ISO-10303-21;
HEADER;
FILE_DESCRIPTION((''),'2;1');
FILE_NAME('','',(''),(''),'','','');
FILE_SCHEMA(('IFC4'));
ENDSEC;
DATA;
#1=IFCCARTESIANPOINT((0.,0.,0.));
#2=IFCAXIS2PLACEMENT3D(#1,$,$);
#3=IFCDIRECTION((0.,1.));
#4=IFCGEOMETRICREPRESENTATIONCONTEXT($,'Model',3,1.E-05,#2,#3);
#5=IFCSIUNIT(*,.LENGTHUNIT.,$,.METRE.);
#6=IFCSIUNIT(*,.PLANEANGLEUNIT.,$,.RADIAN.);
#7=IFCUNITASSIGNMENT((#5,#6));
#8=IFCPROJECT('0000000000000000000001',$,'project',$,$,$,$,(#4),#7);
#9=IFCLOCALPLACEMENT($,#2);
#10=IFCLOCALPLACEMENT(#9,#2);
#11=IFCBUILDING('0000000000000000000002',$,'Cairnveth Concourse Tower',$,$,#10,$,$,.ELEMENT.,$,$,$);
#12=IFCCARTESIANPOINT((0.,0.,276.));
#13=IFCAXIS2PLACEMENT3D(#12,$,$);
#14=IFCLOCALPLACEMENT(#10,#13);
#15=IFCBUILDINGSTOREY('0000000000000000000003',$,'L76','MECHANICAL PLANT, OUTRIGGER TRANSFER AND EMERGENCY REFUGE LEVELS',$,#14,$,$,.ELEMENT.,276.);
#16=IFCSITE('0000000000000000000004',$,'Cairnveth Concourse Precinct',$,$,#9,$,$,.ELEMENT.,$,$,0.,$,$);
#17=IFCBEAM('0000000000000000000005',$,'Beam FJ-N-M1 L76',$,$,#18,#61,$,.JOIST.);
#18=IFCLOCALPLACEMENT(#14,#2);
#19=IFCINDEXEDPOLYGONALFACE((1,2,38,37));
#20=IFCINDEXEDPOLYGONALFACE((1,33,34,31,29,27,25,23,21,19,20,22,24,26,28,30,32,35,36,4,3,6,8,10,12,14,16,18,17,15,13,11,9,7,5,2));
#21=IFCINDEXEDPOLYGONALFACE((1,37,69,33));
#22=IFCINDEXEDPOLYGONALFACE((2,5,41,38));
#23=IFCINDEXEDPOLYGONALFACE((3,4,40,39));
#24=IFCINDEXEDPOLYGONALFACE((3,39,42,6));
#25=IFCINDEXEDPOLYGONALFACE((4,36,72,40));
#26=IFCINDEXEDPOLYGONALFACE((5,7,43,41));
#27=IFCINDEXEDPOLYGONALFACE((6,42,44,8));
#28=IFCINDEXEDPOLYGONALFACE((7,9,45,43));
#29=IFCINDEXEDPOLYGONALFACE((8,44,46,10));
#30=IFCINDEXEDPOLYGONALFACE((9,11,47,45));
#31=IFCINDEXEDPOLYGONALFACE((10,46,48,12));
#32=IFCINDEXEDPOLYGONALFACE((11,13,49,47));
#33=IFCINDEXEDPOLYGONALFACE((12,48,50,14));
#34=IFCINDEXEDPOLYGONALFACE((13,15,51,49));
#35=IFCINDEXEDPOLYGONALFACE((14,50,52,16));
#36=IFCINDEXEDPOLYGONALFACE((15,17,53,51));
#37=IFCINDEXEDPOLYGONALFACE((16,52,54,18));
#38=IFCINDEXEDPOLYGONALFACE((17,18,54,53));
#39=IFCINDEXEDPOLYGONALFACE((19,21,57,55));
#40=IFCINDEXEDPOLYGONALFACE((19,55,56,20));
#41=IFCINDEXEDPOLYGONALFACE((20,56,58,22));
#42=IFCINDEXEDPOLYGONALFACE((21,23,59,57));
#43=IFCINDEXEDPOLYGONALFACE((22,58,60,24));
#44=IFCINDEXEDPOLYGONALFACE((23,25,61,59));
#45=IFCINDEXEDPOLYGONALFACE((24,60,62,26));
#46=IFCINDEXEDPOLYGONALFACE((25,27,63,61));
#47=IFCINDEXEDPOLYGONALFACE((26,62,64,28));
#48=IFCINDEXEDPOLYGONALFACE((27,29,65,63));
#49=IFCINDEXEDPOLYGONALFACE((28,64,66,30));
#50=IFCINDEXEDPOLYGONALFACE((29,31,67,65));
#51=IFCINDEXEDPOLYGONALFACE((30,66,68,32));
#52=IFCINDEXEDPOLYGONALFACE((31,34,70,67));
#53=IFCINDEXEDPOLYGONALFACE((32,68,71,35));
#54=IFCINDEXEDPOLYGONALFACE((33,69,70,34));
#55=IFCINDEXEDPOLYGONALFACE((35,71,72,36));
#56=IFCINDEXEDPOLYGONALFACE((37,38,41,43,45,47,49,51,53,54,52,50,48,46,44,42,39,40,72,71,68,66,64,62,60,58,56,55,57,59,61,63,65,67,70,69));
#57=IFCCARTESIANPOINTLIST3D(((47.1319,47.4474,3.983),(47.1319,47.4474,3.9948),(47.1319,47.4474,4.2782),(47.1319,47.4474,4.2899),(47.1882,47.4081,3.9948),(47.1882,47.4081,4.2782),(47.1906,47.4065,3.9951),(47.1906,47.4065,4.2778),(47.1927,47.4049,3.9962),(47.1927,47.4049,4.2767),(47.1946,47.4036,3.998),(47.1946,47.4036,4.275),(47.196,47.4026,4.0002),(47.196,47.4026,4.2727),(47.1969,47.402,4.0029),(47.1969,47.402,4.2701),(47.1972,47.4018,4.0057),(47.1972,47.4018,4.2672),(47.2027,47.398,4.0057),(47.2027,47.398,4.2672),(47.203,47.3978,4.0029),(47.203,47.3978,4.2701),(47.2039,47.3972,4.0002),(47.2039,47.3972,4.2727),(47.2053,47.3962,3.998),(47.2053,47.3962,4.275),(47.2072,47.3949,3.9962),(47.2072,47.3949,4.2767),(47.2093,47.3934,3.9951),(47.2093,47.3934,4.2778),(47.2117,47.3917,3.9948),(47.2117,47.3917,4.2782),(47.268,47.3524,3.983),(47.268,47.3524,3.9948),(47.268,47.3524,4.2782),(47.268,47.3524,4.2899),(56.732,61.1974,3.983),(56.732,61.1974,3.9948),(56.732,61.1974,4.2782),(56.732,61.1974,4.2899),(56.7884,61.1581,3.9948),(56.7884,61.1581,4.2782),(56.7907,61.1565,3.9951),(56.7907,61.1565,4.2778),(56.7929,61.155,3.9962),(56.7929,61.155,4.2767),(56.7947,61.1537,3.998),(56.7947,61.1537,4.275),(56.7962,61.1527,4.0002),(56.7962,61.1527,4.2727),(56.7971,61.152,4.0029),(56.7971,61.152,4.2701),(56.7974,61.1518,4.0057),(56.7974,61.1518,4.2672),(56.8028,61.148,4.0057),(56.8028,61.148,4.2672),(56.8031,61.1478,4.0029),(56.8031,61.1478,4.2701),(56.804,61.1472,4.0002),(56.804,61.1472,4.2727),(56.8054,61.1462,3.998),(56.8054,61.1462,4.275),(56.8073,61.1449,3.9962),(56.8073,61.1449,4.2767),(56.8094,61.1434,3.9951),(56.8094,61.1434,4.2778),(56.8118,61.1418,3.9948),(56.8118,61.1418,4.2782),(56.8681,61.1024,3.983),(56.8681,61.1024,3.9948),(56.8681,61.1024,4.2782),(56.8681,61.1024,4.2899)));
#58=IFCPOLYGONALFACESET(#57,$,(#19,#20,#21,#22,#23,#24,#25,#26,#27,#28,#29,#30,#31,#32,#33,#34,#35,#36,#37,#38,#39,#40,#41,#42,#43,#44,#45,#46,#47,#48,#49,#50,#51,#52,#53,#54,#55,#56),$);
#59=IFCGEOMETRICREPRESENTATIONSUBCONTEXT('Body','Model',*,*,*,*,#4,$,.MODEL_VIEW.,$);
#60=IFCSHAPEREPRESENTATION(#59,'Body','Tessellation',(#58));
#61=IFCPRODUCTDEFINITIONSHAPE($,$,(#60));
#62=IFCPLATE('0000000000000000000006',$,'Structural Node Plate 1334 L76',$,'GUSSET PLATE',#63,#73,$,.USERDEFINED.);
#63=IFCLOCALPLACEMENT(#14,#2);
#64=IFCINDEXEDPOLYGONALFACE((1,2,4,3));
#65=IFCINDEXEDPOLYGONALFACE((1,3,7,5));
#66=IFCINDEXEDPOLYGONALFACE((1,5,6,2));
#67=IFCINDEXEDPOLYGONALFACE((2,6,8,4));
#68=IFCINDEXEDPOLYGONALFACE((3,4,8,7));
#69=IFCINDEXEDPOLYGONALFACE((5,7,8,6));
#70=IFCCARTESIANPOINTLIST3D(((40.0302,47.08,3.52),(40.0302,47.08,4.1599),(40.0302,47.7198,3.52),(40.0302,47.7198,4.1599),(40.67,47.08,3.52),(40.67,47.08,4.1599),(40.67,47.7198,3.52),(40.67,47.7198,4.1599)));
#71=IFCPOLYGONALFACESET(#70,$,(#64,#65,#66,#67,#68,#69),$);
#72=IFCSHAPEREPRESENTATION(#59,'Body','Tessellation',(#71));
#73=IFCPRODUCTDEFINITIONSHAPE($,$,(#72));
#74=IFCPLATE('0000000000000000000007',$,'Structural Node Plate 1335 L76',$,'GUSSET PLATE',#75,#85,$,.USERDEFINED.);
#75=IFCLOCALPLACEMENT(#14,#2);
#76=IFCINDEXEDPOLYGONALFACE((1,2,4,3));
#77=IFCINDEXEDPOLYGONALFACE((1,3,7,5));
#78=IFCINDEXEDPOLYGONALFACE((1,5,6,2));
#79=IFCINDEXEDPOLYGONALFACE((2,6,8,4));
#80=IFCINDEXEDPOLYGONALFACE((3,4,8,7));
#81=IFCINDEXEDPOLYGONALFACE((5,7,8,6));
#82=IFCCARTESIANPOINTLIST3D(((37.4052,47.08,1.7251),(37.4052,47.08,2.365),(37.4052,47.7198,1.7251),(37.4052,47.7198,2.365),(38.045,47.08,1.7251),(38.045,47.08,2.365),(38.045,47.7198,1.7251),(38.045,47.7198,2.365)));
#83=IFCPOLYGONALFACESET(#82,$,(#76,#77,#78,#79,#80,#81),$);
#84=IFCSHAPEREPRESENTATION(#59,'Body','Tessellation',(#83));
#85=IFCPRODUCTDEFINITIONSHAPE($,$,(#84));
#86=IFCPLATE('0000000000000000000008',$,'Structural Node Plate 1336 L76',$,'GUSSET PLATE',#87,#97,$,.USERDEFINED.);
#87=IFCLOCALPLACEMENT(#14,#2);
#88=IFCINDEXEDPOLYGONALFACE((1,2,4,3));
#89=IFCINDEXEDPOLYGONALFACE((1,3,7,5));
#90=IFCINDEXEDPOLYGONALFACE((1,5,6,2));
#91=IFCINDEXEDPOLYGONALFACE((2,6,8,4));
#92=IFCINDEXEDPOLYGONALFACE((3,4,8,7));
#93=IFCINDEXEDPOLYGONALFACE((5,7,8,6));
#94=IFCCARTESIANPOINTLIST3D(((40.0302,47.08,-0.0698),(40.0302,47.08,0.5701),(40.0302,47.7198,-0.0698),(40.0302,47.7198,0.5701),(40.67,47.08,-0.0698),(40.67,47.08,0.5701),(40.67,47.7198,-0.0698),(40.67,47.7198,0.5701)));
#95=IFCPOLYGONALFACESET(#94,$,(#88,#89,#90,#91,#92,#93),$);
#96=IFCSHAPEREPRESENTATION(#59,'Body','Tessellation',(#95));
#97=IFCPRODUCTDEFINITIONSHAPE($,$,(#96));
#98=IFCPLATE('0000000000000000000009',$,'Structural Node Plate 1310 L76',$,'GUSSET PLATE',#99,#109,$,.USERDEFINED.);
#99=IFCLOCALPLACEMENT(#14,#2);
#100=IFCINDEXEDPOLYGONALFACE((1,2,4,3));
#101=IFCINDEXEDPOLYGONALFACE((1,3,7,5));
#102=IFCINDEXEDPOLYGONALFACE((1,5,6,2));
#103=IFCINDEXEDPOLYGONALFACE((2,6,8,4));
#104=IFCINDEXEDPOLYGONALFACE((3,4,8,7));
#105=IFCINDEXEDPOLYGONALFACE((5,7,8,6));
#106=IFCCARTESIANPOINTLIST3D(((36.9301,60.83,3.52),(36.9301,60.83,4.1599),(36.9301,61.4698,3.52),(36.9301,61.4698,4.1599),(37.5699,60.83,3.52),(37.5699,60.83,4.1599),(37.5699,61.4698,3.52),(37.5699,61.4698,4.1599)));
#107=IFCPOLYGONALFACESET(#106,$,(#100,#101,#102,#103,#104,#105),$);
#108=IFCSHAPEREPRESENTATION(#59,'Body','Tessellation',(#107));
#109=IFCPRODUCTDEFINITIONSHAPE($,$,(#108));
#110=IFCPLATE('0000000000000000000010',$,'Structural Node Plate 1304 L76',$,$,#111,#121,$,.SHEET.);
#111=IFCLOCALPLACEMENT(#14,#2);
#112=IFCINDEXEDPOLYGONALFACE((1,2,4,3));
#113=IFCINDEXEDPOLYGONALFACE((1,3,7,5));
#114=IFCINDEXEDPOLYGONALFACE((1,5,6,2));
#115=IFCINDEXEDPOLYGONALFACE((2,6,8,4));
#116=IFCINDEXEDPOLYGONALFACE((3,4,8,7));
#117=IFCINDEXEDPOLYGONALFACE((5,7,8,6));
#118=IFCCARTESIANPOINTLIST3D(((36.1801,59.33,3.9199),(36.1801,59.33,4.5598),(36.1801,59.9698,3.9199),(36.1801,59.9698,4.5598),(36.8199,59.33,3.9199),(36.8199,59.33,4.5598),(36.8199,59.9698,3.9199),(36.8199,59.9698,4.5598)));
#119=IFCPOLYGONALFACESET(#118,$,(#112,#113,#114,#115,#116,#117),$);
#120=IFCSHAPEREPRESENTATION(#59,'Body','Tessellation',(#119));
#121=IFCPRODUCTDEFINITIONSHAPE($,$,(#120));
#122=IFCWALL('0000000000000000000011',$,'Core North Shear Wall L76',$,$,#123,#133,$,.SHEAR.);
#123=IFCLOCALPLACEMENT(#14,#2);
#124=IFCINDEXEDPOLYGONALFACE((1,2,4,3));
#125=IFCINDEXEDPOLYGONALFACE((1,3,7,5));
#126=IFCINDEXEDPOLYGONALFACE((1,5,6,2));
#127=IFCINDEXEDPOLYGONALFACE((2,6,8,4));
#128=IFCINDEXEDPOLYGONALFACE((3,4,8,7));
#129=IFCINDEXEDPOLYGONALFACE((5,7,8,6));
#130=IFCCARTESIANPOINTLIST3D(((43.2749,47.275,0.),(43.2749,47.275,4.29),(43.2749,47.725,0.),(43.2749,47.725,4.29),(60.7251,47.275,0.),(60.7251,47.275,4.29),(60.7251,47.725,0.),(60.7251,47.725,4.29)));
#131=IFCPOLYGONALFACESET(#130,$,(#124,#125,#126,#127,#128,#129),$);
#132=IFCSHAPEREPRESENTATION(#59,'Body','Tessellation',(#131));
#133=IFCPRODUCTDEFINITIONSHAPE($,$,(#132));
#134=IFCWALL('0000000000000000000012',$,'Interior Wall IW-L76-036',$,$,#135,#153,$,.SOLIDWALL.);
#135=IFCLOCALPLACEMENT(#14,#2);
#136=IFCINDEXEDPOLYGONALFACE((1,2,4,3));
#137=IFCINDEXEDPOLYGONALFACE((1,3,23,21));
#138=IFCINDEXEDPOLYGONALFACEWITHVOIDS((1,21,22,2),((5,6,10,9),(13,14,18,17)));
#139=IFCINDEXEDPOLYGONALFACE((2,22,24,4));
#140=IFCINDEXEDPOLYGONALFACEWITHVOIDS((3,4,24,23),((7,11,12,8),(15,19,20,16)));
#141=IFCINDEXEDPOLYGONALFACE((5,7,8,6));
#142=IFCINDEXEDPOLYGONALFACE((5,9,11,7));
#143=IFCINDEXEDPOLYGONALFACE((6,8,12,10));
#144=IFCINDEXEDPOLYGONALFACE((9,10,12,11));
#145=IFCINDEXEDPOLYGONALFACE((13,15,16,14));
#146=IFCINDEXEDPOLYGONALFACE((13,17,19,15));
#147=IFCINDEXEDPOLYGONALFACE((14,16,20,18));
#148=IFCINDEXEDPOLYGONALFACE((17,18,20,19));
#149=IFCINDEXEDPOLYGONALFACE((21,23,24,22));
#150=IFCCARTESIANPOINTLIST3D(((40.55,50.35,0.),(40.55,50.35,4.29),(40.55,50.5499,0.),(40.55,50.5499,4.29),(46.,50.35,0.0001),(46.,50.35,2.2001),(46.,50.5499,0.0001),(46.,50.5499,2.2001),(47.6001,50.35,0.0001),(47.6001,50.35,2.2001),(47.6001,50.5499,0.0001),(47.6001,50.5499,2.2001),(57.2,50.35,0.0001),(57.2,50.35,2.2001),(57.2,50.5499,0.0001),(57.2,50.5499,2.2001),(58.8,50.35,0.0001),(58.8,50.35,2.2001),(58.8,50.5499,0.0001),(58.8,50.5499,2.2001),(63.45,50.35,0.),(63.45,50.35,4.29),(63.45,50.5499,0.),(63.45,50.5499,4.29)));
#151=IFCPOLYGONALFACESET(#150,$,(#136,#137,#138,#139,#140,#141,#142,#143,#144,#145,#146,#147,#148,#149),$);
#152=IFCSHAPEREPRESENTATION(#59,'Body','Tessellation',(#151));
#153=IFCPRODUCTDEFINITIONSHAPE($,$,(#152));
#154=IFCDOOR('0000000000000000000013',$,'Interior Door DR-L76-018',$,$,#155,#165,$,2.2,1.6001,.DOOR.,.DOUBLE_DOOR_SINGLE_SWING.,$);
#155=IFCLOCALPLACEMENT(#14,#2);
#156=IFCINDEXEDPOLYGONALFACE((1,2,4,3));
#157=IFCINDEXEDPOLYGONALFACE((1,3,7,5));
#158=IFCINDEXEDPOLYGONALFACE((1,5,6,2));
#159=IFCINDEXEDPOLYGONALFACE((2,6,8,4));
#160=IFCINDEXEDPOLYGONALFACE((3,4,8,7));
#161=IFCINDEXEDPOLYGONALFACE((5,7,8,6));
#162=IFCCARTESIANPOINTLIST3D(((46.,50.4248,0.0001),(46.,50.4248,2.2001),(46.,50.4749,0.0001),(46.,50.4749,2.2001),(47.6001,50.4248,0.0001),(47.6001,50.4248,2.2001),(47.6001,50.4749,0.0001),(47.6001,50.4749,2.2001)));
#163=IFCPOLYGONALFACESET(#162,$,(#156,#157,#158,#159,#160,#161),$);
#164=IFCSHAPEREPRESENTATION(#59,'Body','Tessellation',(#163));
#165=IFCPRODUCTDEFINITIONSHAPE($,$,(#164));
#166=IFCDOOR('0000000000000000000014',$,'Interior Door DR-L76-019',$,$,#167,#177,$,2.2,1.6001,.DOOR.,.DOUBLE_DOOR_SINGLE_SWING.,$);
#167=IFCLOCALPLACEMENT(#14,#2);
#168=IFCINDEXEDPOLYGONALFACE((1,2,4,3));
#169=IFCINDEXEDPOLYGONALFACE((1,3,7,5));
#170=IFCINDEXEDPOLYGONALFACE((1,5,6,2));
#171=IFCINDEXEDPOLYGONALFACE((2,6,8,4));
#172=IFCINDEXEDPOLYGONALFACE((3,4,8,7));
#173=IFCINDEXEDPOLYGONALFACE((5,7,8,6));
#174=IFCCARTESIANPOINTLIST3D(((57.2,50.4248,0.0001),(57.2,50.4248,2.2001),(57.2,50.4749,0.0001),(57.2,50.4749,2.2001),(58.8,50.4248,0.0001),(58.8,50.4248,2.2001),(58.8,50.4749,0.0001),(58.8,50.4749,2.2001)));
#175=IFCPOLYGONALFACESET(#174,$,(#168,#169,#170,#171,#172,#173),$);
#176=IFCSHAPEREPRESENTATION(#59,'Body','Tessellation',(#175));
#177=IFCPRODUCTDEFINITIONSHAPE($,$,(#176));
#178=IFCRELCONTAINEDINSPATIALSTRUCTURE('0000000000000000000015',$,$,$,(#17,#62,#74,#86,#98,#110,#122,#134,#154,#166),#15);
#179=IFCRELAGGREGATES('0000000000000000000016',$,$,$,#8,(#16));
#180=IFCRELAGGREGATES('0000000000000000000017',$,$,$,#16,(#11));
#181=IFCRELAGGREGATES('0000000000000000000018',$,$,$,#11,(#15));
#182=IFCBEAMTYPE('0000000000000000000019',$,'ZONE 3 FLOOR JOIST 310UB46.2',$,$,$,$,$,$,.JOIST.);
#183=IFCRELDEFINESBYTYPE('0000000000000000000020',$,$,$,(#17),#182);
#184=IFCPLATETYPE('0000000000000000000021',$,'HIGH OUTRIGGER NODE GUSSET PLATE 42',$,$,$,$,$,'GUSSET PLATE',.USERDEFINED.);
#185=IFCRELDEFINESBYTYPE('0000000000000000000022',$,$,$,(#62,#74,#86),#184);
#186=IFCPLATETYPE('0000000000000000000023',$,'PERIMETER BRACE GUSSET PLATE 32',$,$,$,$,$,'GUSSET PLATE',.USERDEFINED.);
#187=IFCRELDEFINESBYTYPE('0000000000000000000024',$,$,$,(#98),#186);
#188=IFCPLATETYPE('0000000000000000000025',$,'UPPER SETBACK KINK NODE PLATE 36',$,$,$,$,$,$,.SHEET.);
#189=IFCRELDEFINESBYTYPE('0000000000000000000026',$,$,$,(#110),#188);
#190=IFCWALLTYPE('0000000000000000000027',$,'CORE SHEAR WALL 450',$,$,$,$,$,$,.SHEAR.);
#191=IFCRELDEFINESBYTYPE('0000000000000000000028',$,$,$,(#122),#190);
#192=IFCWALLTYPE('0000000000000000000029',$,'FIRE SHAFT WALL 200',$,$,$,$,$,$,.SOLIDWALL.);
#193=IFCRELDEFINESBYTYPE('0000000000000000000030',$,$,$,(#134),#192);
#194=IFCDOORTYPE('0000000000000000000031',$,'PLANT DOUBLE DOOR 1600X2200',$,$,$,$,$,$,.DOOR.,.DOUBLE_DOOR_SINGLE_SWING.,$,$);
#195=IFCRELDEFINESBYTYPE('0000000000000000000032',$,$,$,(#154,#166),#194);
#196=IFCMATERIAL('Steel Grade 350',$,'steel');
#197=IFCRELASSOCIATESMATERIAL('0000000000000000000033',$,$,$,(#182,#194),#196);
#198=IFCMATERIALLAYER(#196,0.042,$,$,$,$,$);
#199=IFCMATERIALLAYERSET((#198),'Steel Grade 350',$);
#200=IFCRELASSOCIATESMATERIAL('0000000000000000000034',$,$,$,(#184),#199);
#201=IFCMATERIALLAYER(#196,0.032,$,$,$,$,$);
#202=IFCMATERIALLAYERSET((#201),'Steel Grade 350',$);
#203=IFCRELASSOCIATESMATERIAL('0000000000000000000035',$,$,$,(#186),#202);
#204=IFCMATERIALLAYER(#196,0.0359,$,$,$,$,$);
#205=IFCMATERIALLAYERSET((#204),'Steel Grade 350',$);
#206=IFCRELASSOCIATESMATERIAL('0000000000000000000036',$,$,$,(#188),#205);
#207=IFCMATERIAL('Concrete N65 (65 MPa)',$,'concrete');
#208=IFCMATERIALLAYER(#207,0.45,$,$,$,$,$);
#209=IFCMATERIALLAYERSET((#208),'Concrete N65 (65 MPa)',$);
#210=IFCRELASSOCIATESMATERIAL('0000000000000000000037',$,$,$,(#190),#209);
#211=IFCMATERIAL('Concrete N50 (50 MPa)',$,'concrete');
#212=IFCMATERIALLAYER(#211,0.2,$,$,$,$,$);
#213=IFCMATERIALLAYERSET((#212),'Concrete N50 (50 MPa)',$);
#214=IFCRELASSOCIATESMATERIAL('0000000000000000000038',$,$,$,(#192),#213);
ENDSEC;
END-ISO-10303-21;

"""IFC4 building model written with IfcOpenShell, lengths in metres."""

from ifc_helpers import new_model, si_unit, direction, frame, frame_2d, origin, origin_2d, place, context, subcontext, project, spatial, rectangle, i_section, extrude, material, layer, layer_set, material_profile, profile_set, type_object, element, fill, save


model = new_model("IFC4")

# Units and contexts
model_context = context("Model", 3, precision=1e-05, world=origin(), true_north=direction((0.0, 1.0)))
body_context = subcontext(model_context, "Body", "Model", "MODEL_VIEW")
ifc_project = project(units=[si_unit("LENGTHUNIT", "METRE"), si_unit("PLANEANGLEUNIT", "RADIAN")], contexts=[model_context])

# Site, building, storey
site_placement = place(None, origin())
site = spatial("IfcSite", under=ifc_project, at=site_placement, Name="Cairnveth Concourse Precinct", CompositionType="ELEMENT", RefElevation=0.0)
building_placement = place(site_placement, origin())
building = spatial("IfcBuilding", under=site, at=building_placement, Name="Cairnveth Concourse Tower", CompositionType="ELEMENT")
storey_placement = place(building_placement, frame((0.0, 0.0, 276.0)))
storey = spatial("IfcBuildingStorey", under=building, at=storey_placement, Name="L76", Description="MECHANICAL PLANT, OUTRIGGER TRANSFER AND EMERGENCY REFUGE LEVELS", CompositionType="ELEMENT", Elevation=276.0)

# Shared definitions
ifc_material_1 = material(Name="Concrete N65 (65 MPa)", Category="concrete")

# Beam
ifc_material_2 = material(Name="Steel Grade 350", Category="steel")
ifc_material_profile_1 = material_profile(ifc_material_2, i_section(OverallWidth=0.166, OverallDepth=0.3069, WebThickness=0.0066, FlangeThickness=0.0117, FilletRadius=0.011, at=origin_2d()), Name="310UB46.2")
ifc_profile_set_1 = profile_set([ifc_material_profile_1], Name="Steel Grade 350")
beam_type_1 = type_object("IfcBeamType", Name="ZONE 3 FLOOR JOIST 310UB46.2", PredefinedType="JOIST", material=ifc_profile_set_1)
beam_1_placement = place(storey_placement, frame((47.2, 47.3999, 4.1365), z_axis=(0.572465, 0.819929, 0.0), x_axis=(-0.819929, 0.572465, 0.0)))
element("IfcBeam", 1, at=beam_1_placement, inside=storey, type_object=beam_type_1, Name="Beam FJ-N-M1 L76", PredefinedType="JOIST", context=body_context, shape_type="SweptSolid", body=[
    extrude(i_section(OverallWidth=0.166, OverallDepth=0.3069, WebThickness=0.0066, FlangeThickness=0.0117, FilletRadius=0.011, at=origin_2d()), origin(), (0.0, 0.0, 1.0), 16.7698),
])

# Plates
ifc_layer_1 = layer(ifc_material_2, 0.042)
ifc_layer_set_1 = layer_set([ifc_layer_1], Name="Steel Grade 350")
plate_type_1 = type_object("IfcPlateType", Name="HIGH OUTRIGGER NODE GUSSET PLATE 42", ElementType="GUSSET PLATE", PredefinedType="USERDEFINED", material=ifc_layer_set_1)
for number, where, z_axis, x_axis, name in (
    (2, (40.3501, 47.3999, 3.52), (0.0, 0.0, 1.0), (1.0, 0.0, 0.0), "Structural Node Plate 1334 L76"),
    (3, (37.7251, 47.3999, 1.7251), (0.0, 0.0, 1.0), (1.0, 0.0, 0.0), "Structural Node Plate 1335 L76"),
    (4, (40.3501, 47.3999, -0.0698), (0.0, 0.0, 1.0), (1.0, 0.0, 0.0), "Structural Node Plate 1336 L76"),
):
    element("IfcPlate", number, at=place(storey_placement, frame(where, z_axis=z_axis, x_axis=x_axis)), inside=storey, type_object=plate_type_1, Name=name, ObjectType="GUSSET PLATE", PredefinedType="USERDEFINED", context=body_context, shape_type="SweptSolid", body=[
        extrude(rectangle(XDim=0.6399, YDim=0.6399, at=origin_2d()), origin(), (0.0, 0.0, 1.0), 0.6399),
    ])
ifc_layer_2 = layer(ifc_material_2, 0.032)
ifc_layer_set_2 = layer_set([ifc_layer_2], Name="Steel Grade 350")
plate_type_2 = type_object("IfcPlateType", Name="PERIMETER BRACE GUSSET PLATE 32", ElementType="GUSSET PLATE", PredefinedType="USERDEFINED", material=ifc_layer_set_2)
plate_1_placement = place(storey_placement, frame((37.25, 61.1499, 3.52), z_axis=(0.0, 0.0, 1.0), x_axis=(1.0, 0.0, 0.0)))
element("IfcPlate", 5, at=plate_1_placement, inside=storey, type_object=plate_type_2, Name="Structural Node Plate 1310 L76", ObjectType="GUSSET PLATE", PredefinedType="USERDEFINED", context=body_context, shape_type="SweptSolid", body=[
    extrude(rectangle(XDim=0.6399, YDim=0.6399, at=origin_2d()), origin(), (0.0, 0.0, 1.0), 0.6399),
])
ifc_layer_3 = layer(ifc_material_2, 0.0359)
ifc_layer_set_3 = layer_set([ifc_layer_3], Name="Steel Grade 350")
plate_type_3 = type_object("IfcPlateType", Name="UPPER SETBACK KINK NODE PLATE 36", PredefinedType="SHEET", material=ifc_layer_set_3)
plate_2_placement = place(storey_placement, frame((36.5, 59.6499, 3.9199), z_axis=(0.0, 0.0, 1.0), x_axis=(1.0, 0.0, 0.0)))
element("IfcPlate", 6, at=plate_2_placement, inside=storey, type_object=plate_type_3, Name="Structural Node Plate 1304 L76", PredefinedType="SHEET", context=body_context, shape_type="SweptSolid", body=[
    extrude(rectangle(XDim=0.6399, YDim=0.6399, at=origin_2d()), origin(), (0.0, 0.0, 1.0), 0.6399),
])

# Wall
ifc_layer_4 = layer(ifc_material_1, 0.45)
ifc_layer_set_4 = layer_set([ifc_layer_4], Name="Concrete N65 (65 MPa)")
wall_type_1 = type_object("IfcWallType", Name="CORE SHEAR WALL 450", PredefinedType="SHEAR", material=ifc_layer_set_4)
wall_1_placement = place(storey_placement, frame((43.2749, 47.5, 0.0), z_axis=(0.0, 0.0, 1.0), x_axis=(1.0, 0.0, 0.0)))
element("IfcWall", 7, at=wall_1_placement, inside=storey, type_object=wall_type_1, Name="Core North Shear Wall L76", PredefinedType="SHEAR", context=body_context, shape_type="SweptSolid", body=[
    extrude(rectangle(XDim=17.4502, YDim=0.45, at=frame_2d((8.7251, 0.0))), origin(), (0.0, 0.0, 1.0), 4.29),
])

# Wall, openings, doors
ifc_material_3 = material(Name="Concrete N50 (50 MPa)", Category="concrete")
ifc_layer_5 = layer(ifc_material_3, 0.2)
ifc_layer_set_5 = layer_set([ifc_layer_5], Name="Concrete N50 (50 MPa)")
wall_type_2 = type_object("IfcWallType", Name="FIRE SHAFT WALL 200", PredefinedType="SOLIDWALL", material=ifc_layer_set_5)
wall_2_placement = place(storey_placement, frame((40.55, 50.45, 0.0), z_axis=(0.0, 0.0, 1.0), x_axis=(1.0, 0.0, 0.0)))
wall_2 = element("IfcWall", 8, at=wall_2_placement, inside=storey, type_object=wall_type_2, Name="Interior Wall IW-L76-036", PredefinedType="SOLIDWALL", context=body_context, shape_type="SweptSolid", body=[
    extrude(rectangle(XDim=22.8999, YDim=0.2, at=frame_2d((11.45, 0.0))), origin(), (0.0, 0.0, 1.0), 4.29),
])
opening_1_placement = place(wall_2_placement, frame((5.45, 0.0, 0.0)))
opening_1 = element("IfcOpeningElement", 9, at=opening_1_placement, cuts=wall_2, PredefinedType="OPENING", context=body_context, shape_type="SweptSolid", body=[
    extrude(rectangle(XDim=1.6001, YDim=2.2, at=frame_2d((0.8, 1.1001))), frame((0.0, 0.1099, 0.0), z_axis=(0.0, -1.0, 0.0), x_axis=(1.0, 0.0, 0.0)), (0.0, 0.0, 1.0), 0.22),
])
opening_2_placement = place(wall_2_placement, frame((16.6499, 0.0, 0.0)))
opening_2 = element("IfcOpeningElement", 10, at=opening_2_placement, cuts=wall_2, PredefinedType="OPENING", context=body_context, shape_type="SweptSolid", body=[
    extrude(rectangle(XDim=1.6001, YDim=2.2, at=frame_2d((0.8, 1.1001))), frame((0.0, 0.1099, 0.0), z_axis=(0.0, -1.0, 0.0), x_axis=(1.0, 0.0, 0.0)), (0.0, 0.0, 1.0), 0.22),
])
door_type = type_object("IfcDoorType", Name="PLANT DOUBLE DOOR 1600X2200", OperationType="DOUBLE_DOOR_SINGLE_SWING", PredefinedType="DOOR", material=ifc_material_2)
door_1_placement = place(opening_1_placement, origin())
door_1 = element("IfcDoor", 11, at=door_1_placement, inside=storey, type_object=door_type, Name="Interior Door DR-L76-018", OperationType="DOUBLE_DOOR_SINGLE_SWING", OverallHeight=2.2, OverallWidth=1.6001, PredefinedType="DOOR", context=body_context, shape_type="SweptSolid", body=[
    extrude(rectangle(XDim=1.6001, YDim=2.2, at=frame_2d((0.8, 1.1001))), frame((0.0, 0.0249, 0.0), z_axis=(0.0, -1.0, 0.0), x_axis=(1.0, 0.0, 0.0)), (0.0, 0.0, 1.0), 0.05),
])
fill(opening_1, door_1)
door_2_placement = place(opening_2_placement, origin())
door_2 = element("IfcDoor", 12, at=door_2_placement, inside=storey, type_object=door_type, Name="Interior Door DR-L76-019", OperationType="DOUBLE_DOOR_SINGLE_SWING", OverallHeight=2.2, OverallWidth=1.6001, PredefinedType="DOOR", context=body_context, shape_type="SweptSolid", body=[
    extrude(rectangle(XDim=1.6001, YDim=2.2, at=frame_2d((0.8, 1.1001))), frame((0.0, 0.0249, 0.0), z_axis=(0.0, -1.0, 0.0), x_axis=(1.0, 0.0, 0.0)), (0.0, 0.0, 1.0), 0.05),
])
fill(opening_2, door_2)

save(model, "model.ifc")
